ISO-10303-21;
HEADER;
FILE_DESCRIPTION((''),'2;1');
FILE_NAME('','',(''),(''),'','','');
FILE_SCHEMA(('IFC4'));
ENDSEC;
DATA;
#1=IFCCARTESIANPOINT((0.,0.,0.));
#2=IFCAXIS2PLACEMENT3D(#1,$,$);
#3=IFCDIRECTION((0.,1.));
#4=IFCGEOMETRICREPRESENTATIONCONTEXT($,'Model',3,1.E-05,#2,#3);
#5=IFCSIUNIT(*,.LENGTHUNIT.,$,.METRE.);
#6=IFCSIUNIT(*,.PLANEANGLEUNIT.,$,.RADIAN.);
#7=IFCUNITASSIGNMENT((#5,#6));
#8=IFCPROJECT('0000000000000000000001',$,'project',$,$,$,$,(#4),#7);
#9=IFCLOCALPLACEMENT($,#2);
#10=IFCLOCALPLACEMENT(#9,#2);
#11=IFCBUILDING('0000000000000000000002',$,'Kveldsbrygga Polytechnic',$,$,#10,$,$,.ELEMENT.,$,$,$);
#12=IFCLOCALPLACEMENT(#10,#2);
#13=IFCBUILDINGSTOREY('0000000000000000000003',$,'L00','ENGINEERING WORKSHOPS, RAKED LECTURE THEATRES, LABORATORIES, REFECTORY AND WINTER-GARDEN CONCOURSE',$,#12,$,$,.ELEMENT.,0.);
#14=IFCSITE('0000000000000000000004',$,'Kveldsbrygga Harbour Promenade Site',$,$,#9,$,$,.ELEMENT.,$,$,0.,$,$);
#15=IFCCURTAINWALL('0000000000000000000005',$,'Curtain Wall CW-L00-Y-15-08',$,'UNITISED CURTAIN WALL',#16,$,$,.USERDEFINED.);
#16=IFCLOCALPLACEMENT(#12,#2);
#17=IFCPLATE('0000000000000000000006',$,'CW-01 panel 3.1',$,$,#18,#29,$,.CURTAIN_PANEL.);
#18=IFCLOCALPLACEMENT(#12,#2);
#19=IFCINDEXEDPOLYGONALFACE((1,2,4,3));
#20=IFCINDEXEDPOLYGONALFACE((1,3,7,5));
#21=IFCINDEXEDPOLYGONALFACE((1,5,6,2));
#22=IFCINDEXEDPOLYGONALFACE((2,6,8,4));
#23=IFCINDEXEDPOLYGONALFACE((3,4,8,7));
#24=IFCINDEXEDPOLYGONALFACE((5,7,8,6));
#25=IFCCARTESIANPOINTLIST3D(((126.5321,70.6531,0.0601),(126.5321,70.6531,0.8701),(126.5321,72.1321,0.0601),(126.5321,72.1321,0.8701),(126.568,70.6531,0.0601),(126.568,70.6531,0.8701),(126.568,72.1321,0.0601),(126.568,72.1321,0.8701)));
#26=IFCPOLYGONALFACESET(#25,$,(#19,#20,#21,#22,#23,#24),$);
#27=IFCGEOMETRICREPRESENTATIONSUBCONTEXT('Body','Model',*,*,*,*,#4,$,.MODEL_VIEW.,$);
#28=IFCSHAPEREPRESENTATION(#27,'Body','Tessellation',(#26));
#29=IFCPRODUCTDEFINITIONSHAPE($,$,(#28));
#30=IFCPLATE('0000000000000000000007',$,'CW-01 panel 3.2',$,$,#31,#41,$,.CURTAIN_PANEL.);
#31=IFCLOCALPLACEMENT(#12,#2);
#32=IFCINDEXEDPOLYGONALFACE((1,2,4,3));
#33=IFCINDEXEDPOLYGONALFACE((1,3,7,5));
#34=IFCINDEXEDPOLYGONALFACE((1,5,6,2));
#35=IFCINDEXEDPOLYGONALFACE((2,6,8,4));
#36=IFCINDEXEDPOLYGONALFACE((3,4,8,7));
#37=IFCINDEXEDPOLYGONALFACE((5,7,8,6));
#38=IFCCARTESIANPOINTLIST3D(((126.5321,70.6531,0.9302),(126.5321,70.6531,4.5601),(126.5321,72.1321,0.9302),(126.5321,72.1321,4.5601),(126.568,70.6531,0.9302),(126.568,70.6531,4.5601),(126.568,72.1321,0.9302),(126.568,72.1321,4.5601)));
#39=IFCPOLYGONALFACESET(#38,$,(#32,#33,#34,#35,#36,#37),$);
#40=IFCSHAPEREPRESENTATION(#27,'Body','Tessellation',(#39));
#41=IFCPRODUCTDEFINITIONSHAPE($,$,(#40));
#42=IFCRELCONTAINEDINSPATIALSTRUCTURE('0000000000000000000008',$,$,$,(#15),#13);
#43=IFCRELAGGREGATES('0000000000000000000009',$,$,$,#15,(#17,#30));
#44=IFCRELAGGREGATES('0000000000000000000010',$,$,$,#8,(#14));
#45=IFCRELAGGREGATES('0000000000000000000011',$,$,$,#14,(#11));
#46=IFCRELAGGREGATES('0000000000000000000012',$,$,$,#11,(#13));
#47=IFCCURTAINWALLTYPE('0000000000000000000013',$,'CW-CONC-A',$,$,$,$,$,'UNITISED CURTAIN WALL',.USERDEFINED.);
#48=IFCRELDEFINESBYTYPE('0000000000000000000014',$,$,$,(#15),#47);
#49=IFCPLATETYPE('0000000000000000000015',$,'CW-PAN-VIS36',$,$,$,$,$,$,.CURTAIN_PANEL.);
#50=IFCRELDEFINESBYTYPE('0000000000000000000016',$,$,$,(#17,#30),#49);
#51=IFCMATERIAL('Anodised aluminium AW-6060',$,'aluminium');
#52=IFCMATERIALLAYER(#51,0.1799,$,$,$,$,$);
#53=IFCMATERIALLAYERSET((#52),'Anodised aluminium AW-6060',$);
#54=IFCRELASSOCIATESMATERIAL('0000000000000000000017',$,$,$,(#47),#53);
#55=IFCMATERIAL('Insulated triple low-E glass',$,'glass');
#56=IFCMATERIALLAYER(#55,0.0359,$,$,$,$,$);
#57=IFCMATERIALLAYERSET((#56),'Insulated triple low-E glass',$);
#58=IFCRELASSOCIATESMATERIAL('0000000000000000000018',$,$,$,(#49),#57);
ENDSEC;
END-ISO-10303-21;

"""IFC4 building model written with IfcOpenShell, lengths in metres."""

from ifc_helpers import new_model, si_unit, direction, frame, origin, origin_2d, place, context, subcontext, project, spatial, rectangle, extrude, material, layer, layer_set, type_object, element, aggregate, save


model = new_model("IFC4")

# Units and contexts
model_context = context("Model", 3, precision=1e-05, world=origin(), true_north=direction((0.0, 1.0)))
body_context = subcontext(model_context, "Body", "Model", "MODEL_VIEW")
ifc_project = project(units=[si_unit("LENGTHUNIT", "METRE"), si_unit("PLANEANGLEUNIT", "RADIAN")], contexts=[model_context])

# Site, building, storey
site_placement = place(None, origin())
site = spatial("IfcSite", under=ifc_project, at=site_placement, Name="Kveldsbrygga Harbour Promenade Site", CompositionType="ELEMENT", RefElevation=0.0)
building_placement = place(site_placement, origin())
building = spatial("IfcBuilding", under=site, at=building_placement, Name="Kveldsbrygga Polytechnic", CompositionType="ELEMENT")
storey_placement = place(building_placement, origin())
storey = spatial("IfcBuildingStorey", under=building, at=storey_placement, Name="L00", Description="ENGINEERING WORKSHOPS, RAKED LECTURE THEATRES, LABORATORIES, REFECTORY AND WINTER-GARDEN CONCOURSE", CompositionType="ELEMENT", Elevation=0.0)

# Curtain wall, plates
ifc_material_1 = material(Name="Anodised aluminium AW-6060", Category="aluminium")
ifc_layer_1 = layer(ifc_material_1, 0.1799)
ifc_layer_set_1 = layer_set([ifc_layer_1], Name="Anodised aluminium AW-6060")
curtain_wall_type = type_object("IfcCurtainWallType", Name="CW-CONC-A", ElementType="UNITISED CURTAIN WALL", PredefinedType="USERDEFINED", material=ifc_layer_set_1)
curtain_wall_placement = place(storey_placement, origin())
curtain_wall = element("IfcCurtainWall", 1, at=curtain_wall_placement, inside=storey, type_object=curtain_wall_type, Name="Curtain Wall CW-L00-Y-15-08", ObjectType="UNITISED CURTAIN WALL", PredefinedType="USERDEFINED")
ifc_material_2 = material(Name="Insulated triple low-E glass", Category="glass")
ifc_layer_2 = layer(ifc_material_2, 0.0359)
ifc_layer_set_2 = layer_set([ifc_layer_2], Name="Insulated triple low-E glass")
plate_type = type_object("IfcPlateType", Name="CW-PAN-VIS36", PredefinedType="CURTAIN_PANEL", material=ifc_layer_set_2)
plate_1_placement = place(storey_placement, frame((126.55, 71.3926, 0.0601), z_axis=(0.0, 0.0, 1.0), x_axis=(0.0, 1.0, 0.0)))
plate_1 = element("IfcPlate", 2, at=plate_1_placement, type_object=plate_type, Name="CW-01 panel 3.1", PredefinedType="CURTAIN_PANEL", context=body_context, shape_type="SweptSolid", body=[
    extrude(rectangle(XDim=1.479, YDim=0.0359, at=origin_2d()), origin(), (0.0, 0.0, 1.0), 0.8101),
])
plate_2_placement = place(storey_placement, frame((126.55, 71.3926, 0.9302), z_axis=(0.0, 0.0, 1.0), x_axis=(0.0, 1.0, 0.0)))
plate_2 = element("IfcPlate", 3, at=plate_2_placement, type_object=plate_type, Name="CW-01 panel 3.2", PredefinedType="CURTAIN_PANEL", context=body_context, shape_type="SweptSolid", body=[
    extrude(rectangle(XDim=1.479, YDim=0.0359, at=origin_2d()), origin(), (0.0, 0.0, 1.0), 3.6299),
])
aggregate(curtain_wall, [plate_1, plate_2])

save(model, "model.ifc")
